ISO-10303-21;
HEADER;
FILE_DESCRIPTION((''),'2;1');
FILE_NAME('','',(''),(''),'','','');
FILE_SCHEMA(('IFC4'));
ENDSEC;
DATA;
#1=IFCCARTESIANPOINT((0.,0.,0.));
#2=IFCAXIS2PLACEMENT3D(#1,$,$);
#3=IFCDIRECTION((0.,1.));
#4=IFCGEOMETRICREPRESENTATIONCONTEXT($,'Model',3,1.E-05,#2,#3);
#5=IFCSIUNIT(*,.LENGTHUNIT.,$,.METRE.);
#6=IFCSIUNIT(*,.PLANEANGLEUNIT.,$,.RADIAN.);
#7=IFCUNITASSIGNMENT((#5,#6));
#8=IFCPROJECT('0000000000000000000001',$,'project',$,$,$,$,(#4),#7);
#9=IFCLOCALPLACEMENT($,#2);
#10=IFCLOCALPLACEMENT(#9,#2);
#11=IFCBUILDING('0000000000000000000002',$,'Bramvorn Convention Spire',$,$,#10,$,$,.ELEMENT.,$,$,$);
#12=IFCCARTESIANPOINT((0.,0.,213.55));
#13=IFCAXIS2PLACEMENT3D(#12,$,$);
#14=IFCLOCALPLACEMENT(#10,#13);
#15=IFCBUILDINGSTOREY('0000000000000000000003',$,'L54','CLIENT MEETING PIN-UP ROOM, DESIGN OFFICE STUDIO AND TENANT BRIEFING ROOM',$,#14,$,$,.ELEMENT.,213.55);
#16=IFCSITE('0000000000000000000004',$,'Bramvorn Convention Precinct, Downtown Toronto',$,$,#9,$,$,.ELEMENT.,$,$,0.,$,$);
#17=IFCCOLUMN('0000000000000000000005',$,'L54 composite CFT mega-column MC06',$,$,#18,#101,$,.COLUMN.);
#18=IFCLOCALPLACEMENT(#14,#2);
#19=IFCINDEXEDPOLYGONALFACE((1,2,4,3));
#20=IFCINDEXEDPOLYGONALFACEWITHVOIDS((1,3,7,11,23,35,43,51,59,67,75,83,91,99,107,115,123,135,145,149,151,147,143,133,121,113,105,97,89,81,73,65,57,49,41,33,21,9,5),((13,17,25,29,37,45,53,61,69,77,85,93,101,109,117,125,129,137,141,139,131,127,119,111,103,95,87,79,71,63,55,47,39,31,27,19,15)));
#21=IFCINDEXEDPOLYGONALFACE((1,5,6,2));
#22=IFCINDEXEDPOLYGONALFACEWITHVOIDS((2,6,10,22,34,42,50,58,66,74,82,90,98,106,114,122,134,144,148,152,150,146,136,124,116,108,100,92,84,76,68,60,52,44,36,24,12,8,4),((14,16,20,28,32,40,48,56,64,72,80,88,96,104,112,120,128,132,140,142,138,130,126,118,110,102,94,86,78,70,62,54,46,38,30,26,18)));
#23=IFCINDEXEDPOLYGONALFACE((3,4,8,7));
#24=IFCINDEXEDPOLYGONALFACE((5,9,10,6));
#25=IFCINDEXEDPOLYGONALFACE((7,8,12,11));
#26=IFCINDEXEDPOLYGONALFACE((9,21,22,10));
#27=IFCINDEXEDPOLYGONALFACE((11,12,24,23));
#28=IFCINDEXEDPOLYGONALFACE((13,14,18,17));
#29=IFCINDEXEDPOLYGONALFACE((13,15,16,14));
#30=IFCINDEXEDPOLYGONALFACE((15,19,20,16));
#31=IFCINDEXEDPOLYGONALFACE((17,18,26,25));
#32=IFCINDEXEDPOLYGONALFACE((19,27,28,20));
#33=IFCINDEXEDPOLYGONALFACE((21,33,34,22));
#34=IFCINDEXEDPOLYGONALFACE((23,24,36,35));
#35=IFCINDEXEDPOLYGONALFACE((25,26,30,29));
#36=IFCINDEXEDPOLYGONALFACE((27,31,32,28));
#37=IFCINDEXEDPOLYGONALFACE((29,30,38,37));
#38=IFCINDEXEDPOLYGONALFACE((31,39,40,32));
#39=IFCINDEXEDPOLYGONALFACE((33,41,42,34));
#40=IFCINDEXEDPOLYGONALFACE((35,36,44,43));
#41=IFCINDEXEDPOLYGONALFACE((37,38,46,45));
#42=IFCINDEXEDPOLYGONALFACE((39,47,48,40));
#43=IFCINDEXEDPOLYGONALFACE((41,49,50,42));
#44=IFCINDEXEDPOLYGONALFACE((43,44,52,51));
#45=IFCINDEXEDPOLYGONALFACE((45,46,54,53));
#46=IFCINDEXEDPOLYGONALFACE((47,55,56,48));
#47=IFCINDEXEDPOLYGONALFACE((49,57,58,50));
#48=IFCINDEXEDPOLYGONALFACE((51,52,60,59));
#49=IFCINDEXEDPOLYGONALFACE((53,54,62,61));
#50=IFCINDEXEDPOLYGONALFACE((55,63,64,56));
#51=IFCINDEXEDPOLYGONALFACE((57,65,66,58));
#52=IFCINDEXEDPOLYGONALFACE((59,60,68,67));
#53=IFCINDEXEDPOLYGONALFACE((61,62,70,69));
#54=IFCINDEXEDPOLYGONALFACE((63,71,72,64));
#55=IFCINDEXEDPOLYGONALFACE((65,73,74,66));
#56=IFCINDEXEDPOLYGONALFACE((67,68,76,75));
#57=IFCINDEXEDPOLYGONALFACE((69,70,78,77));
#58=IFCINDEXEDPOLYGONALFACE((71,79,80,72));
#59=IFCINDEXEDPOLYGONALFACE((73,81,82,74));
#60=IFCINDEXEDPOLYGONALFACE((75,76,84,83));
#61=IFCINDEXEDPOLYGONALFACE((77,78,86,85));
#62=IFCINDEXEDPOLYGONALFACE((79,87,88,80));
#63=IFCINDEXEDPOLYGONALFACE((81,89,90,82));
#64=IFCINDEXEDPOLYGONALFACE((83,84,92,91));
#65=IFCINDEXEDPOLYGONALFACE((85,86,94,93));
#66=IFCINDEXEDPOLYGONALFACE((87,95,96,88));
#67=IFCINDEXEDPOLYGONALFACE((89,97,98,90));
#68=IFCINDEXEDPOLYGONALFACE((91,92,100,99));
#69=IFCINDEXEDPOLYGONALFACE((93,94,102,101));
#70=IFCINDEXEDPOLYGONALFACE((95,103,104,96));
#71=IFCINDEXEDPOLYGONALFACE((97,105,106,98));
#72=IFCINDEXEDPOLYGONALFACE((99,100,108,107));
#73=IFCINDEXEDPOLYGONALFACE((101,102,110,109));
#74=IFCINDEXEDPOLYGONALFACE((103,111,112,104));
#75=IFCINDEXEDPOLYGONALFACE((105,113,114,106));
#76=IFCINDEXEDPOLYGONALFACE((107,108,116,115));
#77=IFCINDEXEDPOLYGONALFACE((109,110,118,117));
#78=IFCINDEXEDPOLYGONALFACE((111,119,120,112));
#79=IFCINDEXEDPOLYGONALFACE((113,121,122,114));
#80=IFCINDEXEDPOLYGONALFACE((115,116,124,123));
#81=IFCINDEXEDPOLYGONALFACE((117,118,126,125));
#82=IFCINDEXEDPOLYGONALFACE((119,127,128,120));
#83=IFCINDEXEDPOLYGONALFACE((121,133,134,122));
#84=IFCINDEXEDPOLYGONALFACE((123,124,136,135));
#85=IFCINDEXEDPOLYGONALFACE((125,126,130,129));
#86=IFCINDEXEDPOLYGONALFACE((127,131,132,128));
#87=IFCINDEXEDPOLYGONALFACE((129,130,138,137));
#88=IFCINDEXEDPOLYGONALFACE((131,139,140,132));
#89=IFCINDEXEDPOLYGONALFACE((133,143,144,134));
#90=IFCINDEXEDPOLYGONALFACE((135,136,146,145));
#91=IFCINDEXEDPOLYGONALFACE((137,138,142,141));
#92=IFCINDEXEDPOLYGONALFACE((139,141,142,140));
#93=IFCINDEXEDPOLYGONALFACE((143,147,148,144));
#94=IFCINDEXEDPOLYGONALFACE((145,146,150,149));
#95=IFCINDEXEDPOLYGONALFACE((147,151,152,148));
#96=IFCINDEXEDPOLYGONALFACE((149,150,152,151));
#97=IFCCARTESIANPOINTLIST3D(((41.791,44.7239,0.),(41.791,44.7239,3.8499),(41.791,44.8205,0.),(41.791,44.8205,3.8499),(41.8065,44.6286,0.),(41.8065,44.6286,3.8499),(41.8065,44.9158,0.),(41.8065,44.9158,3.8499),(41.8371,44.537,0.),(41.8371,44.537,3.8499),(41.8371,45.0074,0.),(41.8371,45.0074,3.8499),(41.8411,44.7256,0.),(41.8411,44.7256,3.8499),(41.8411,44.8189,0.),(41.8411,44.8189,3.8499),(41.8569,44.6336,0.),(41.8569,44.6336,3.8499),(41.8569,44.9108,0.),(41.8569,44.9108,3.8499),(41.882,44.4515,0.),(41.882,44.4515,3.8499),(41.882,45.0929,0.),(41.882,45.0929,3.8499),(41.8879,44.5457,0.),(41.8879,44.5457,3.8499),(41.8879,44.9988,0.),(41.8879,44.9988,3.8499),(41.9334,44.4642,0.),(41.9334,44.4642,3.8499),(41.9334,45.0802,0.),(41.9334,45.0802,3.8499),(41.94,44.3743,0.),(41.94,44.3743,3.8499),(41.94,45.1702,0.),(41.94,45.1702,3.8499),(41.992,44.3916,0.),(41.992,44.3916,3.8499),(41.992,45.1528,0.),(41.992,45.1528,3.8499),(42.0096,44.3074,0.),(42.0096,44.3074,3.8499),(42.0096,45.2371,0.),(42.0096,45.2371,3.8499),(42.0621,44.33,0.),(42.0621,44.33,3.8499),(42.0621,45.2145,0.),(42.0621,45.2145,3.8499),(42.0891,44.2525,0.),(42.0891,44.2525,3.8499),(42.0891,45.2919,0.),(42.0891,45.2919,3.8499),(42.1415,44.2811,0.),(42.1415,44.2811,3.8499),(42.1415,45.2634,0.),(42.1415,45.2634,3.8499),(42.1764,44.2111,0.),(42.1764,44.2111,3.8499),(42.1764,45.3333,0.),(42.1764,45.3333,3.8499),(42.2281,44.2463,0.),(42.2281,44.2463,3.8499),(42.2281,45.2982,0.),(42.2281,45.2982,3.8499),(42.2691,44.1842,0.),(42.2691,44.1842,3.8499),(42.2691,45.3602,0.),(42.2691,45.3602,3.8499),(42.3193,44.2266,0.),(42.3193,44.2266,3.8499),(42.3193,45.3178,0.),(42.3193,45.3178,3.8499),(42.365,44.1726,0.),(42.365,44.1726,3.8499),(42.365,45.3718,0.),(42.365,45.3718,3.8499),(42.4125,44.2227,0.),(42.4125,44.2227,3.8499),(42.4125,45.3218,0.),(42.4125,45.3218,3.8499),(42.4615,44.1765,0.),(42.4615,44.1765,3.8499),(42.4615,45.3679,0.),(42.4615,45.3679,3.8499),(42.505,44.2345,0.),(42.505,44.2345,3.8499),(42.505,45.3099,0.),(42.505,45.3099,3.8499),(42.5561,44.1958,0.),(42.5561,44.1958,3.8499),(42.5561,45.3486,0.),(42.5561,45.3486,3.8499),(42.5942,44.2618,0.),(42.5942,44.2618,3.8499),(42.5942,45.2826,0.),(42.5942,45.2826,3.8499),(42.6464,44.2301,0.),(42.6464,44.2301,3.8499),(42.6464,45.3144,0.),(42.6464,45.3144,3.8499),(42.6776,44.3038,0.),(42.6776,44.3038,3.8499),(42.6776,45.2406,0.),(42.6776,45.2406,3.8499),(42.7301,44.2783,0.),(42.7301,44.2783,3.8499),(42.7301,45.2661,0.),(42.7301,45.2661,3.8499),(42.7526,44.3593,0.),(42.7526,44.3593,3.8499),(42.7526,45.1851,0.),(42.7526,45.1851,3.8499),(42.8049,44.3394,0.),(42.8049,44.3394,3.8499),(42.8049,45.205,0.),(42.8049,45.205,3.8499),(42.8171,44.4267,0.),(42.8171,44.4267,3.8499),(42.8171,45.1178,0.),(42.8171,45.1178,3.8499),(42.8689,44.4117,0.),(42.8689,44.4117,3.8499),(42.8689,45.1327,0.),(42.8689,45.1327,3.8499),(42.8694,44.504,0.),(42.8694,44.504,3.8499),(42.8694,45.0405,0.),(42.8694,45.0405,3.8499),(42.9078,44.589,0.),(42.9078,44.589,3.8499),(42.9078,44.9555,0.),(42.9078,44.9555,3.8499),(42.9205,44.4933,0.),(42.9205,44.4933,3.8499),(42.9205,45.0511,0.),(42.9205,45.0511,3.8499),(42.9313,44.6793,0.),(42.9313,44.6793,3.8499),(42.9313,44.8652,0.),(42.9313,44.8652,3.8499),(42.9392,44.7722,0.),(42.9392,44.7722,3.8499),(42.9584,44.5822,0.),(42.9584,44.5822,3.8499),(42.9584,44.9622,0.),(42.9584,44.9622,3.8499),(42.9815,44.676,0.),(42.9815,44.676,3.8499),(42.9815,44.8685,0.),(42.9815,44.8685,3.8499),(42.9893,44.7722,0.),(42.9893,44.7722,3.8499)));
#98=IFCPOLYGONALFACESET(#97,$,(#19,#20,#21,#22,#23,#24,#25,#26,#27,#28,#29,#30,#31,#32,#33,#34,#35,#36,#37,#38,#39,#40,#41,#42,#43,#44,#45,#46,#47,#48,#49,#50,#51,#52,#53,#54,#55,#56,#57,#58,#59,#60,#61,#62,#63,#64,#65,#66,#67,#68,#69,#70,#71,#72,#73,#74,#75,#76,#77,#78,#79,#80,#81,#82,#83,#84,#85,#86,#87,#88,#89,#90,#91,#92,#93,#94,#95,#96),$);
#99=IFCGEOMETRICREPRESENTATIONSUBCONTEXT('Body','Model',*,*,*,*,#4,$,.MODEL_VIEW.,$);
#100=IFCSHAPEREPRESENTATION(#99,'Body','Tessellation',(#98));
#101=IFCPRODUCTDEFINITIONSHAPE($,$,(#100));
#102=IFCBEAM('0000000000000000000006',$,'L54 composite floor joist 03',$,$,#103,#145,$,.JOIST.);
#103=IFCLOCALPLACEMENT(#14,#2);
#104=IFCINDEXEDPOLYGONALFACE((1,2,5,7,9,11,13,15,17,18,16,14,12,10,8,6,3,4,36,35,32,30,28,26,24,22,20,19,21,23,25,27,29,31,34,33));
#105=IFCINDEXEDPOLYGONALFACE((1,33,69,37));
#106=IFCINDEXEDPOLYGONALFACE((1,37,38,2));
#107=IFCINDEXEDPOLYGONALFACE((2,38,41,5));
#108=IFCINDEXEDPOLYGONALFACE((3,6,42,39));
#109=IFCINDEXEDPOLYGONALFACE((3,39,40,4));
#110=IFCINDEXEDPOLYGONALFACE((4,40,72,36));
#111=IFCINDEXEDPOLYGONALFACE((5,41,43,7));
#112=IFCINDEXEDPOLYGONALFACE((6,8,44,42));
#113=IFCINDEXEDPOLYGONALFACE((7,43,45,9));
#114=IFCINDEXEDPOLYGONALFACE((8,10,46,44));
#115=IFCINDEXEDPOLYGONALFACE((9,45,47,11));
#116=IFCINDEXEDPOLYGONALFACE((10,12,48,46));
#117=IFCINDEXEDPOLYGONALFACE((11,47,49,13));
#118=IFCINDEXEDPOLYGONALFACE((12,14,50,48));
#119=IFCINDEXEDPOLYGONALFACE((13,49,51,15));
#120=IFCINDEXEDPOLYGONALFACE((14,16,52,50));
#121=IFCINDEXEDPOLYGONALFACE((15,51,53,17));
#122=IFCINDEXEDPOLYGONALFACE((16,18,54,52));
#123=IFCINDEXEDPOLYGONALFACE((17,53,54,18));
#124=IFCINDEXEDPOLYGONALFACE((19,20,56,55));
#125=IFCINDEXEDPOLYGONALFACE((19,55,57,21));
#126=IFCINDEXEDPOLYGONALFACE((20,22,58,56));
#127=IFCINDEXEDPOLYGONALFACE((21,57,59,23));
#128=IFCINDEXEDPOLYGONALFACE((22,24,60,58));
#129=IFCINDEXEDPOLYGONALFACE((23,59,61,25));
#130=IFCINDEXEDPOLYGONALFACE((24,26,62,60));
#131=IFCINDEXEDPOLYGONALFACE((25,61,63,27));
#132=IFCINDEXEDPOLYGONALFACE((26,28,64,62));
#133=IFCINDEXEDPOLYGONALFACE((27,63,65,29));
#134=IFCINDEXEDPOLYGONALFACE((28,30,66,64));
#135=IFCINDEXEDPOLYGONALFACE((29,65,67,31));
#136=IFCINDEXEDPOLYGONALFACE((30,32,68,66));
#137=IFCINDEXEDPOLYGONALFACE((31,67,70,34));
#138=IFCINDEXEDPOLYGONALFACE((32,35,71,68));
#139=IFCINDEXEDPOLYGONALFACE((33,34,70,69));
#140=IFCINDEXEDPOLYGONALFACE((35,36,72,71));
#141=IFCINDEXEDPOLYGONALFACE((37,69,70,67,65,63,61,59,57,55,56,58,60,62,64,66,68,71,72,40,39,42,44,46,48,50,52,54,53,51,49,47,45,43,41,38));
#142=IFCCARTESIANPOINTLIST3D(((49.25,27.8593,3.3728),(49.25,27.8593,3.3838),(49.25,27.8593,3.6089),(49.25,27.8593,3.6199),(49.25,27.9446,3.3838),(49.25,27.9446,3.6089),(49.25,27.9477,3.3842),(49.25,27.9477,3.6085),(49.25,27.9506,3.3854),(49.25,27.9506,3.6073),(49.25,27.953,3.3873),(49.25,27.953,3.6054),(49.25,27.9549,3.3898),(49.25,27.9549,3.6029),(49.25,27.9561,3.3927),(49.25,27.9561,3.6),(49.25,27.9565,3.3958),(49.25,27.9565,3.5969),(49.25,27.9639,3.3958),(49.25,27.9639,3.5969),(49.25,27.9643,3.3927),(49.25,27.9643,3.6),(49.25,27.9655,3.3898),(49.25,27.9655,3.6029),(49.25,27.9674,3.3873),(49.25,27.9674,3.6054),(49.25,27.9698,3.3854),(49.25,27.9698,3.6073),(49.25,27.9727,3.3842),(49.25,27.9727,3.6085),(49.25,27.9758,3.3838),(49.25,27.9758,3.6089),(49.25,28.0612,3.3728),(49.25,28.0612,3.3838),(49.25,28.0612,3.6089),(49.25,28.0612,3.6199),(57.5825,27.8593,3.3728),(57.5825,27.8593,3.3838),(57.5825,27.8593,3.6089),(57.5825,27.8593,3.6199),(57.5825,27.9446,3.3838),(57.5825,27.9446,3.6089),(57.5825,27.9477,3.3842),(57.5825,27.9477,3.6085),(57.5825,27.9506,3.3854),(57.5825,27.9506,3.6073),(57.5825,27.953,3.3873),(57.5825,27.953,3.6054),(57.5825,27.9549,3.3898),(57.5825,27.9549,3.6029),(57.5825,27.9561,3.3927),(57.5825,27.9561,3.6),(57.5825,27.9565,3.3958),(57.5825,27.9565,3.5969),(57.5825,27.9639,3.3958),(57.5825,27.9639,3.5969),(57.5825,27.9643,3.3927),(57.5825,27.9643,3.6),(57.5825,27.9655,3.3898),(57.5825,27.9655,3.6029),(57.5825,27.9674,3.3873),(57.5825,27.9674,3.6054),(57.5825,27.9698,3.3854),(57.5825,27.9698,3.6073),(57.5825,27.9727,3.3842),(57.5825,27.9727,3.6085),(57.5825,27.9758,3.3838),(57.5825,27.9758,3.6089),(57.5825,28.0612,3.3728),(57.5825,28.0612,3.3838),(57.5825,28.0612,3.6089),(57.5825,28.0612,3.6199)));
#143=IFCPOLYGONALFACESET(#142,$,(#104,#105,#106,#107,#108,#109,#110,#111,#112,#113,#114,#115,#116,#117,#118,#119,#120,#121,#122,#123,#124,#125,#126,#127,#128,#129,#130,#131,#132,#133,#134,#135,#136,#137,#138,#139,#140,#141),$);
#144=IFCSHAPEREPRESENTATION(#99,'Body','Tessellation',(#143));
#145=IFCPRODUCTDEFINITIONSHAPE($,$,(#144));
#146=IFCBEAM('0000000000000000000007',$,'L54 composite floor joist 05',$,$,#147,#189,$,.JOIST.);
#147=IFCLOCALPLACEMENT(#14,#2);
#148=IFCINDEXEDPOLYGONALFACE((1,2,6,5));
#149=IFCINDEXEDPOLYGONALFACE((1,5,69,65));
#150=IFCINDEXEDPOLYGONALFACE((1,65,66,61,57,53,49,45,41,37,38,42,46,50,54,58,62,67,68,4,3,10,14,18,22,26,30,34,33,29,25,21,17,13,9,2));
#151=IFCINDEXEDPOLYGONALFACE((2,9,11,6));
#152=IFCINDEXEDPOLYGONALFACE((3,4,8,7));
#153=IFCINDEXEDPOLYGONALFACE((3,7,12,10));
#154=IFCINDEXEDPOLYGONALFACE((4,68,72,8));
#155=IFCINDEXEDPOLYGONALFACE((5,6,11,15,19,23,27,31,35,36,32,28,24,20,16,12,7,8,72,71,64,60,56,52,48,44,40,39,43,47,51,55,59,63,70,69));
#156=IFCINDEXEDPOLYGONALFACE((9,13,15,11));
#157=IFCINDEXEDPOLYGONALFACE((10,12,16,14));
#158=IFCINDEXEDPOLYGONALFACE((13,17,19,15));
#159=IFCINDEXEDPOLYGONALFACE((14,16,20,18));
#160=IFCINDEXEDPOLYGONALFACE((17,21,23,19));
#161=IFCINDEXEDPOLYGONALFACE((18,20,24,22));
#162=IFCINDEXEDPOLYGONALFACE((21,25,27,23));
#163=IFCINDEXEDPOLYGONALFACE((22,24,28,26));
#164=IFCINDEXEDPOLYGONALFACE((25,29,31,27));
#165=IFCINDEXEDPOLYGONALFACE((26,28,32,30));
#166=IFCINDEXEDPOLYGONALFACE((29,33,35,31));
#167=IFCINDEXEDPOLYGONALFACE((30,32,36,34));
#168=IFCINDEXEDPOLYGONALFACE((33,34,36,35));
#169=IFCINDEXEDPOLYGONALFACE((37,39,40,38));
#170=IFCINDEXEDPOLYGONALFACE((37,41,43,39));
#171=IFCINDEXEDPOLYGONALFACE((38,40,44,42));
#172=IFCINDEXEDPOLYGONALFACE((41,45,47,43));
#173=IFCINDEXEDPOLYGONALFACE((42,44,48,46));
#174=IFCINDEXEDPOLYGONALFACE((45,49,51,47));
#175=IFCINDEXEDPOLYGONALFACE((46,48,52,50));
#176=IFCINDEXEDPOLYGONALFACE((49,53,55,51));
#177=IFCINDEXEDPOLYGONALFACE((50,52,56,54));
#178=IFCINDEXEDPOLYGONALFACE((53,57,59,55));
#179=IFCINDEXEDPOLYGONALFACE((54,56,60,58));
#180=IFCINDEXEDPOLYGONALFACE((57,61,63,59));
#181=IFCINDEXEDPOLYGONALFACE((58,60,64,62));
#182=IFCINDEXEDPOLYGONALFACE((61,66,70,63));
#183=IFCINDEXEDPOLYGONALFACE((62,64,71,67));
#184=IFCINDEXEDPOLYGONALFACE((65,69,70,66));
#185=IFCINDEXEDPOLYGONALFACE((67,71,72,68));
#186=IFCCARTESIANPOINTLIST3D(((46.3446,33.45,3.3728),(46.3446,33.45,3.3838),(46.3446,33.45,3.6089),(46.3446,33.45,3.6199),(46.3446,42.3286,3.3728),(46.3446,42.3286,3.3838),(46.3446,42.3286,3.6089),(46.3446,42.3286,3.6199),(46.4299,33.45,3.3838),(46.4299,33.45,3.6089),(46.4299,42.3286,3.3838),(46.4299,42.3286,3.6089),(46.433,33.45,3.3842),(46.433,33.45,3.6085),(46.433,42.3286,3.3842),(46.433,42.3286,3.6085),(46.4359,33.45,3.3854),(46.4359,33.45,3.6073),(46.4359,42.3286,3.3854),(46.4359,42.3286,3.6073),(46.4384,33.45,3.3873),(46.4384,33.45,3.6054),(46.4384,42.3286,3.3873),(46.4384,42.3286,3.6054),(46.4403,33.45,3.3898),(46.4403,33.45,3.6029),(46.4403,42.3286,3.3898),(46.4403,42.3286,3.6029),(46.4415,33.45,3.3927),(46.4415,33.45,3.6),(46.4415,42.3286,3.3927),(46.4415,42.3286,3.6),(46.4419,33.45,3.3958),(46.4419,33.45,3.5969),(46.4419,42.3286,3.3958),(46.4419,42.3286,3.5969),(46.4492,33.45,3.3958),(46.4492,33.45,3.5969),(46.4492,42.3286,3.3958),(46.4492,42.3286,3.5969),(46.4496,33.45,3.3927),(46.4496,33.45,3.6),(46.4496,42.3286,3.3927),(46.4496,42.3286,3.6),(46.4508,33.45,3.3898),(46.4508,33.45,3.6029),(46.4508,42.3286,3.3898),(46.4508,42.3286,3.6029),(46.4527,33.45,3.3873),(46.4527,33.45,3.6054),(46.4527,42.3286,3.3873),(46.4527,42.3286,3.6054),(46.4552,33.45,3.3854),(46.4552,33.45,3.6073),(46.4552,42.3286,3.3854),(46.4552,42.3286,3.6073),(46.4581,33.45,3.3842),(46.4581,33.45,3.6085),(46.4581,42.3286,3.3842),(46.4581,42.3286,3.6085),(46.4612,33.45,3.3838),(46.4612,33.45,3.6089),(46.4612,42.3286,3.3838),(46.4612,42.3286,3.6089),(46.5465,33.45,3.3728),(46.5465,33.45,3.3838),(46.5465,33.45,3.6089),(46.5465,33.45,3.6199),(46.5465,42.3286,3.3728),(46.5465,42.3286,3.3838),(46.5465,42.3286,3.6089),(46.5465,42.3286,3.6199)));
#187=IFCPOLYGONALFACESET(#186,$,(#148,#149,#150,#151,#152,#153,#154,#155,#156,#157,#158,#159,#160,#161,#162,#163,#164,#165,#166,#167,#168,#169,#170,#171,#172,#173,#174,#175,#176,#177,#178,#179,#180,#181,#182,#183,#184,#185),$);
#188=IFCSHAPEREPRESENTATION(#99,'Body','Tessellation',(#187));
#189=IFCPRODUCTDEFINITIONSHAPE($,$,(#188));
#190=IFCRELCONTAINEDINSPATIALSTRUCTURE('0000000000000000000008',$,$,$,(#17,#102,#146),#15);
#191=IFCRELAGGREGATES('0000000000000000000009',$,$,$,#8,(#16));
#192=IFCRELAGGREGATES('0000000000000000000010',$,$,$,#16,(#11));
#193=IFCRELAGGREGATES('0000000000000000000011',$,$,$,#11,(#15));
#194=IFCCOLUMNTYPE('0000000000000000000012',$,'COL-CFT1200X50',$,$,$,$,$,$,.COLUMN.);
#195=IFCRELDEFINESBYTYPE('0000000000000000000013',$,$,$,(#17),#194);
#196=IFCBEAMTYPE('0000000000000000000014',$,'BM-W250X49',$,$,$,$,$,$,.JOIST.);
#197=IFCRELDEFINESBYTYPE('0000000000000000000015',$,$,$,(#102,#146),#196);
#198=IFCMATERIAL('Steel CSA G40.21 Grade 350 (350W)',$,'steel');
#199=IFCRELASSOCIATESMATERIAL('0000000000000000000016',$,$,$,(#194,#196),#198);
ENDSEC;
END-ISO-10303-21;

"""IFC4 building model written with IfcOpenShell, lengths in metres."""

from ifc_helpers import new_model, si_unit, direction, frame, origin, origin_2d, place, context, subcontext, project, spatial, hollow_circle, i_section, extrude, material, material_profile, profile_set, type_object, element, save


model = new_model("IFC4")

# Units and contexts
model_context = context("Model", 3, precision=1e-05, world=origin(), true_north=direction((0.0, 1.0)))
body_context = subcontext(model_context, "Body", "Model", "MODEL_VIEW")
ifc_project = project(units=[si_unit("LENGTHUNIT", "METRE"), si_unit("PLANEANGLEUNIT", "RADIAN")], contexts=[model_context])

# Site, building, storey
site_placement = place(None, origin())
site = spatial("IfcSite", under=ifc_project, at=site_placement, Name="Bramvorn Convention Precinct, Downtown Toronto", CompositionType="ELEMENT", RefElevation=0.0)
building_placement = place(site_placement, origin())
building = spatial("IfcBuilding", under=site, at=building_placement, Name="Bramvorn Convention Spire", CompositionType="ELEMENT")
storey_placement = place(building_placement, frame((0.0, 0.0, 213.55)))
storey = spatial("IfcBuildingStorey", under=building, at=storey_placement, Name="L54", Description="CLIENT MEETING PIN-UP ROOM, DESIGN OFFICE STUDIO AND TENANT BRIEFING ROOM", CompositionType="ELEMENT", Elevation=213.55)

# Column
ifc_material_1 = material(Name="Steel CSA G40.21 Grade 350 (350W)", Category="steel")
ifc_material_profile_1 = material_profile(ifc_material_1, hollow_circle(Radius=0.6001, WallThickness=0.05, at=origin_2d()))
ifc_profile_set_1 = profile_set([ifc_material_profile_1], Name="Steel CSA G40.21 Grade 350 (350W) - CFT1200X50")
column_type = type_object("IfcColumnType", Name="COL-CFT1200X50", PredefinedType="COLUMN", material=ifc_profile_set_1)
for number, where, z_axis, x_axis, name in (
    (1, (42.3892, 44.7722, 0.0), (0.0, 0.0, 1.0), (1.0, 0.0, 0.0), "L54 composite CFT mega-column MC06"),
):
    element("IfcColumn", number, at=place(storey_placement, frame(where, z_axis=z_axis, x_axis=x_axis)), inside=storey, type_object=column_type, Name=name, PredefinedType="COLUMN", context=body_context, shape_type="SweptSolid", body=[
        extrude(hollow_circle(Radius=0.6001, WallThickness=0.05, at=origin_2d()), origin(), (0.0, 0.0, 1.0), 3.8499),
    ])

# Beams
ifc_material_profile_2 = material_profile(ifc_material_1, i_section(OverallWidth=0.2019, OverallDepth=0.2471, WebThickness=0.0073, FlangeThickness=0.011, FilletRadius=0.012, at=origin_2d()))
ifc_profile_set_2 = profile_set([ifc_material_profile_2], Name="Steel CSA G40.21 Grade 350 (350W) - W250X49")
beam_type_1 = type_object("IfcBeamType", Name="BM-W250X49", PredefinedType="JOIST", material=ifc_profile_set_2)
beam_1_placement = place(storey_placement, frame((49.25, 27.9602, 3.4963), z_axis=(1.0, 0.0, 0.0), x_axis=(0.0, 1.0, 0.0)))
element("IfcBeam", 2, at=beam_1_placement, inside=storey, type_object=beam_type_1, Name="L54 composite floor joist 03", PredefinedType="JOIST", context=body_context, shape_type="SweptSolid", body=[
    extrude(i_section(OverallWidth=0.2019, OverallDepth=0.2471, WebThickness=0.0073, FlangeThickness=0.011, FilletRadius=0.012, at=origin_2d()), origin(), (0.0, 0.0, 1.0), 8.3325),
])
beam_2_placement = place(storey_placement, frame((46.4456, 33.45, 3.4963), z_axis=(0.0, 1.0, 0.0), x_axis=(-1.0, 0.0, 0.0)))
element("IfcBeam", 3, at=beam_2_placement, inside=storey, type_object=beam_type_1, Name="L54 composite floor joist 05", PredefinedType="JOIST", context=body_context, shape_type="SweptSolid", body=[
    extrude(i_section(OverallWidth=0.2019, OverallDepth=0.2471, WebThickness=0.0073, FlangeThickness=0.011, FilletRadius=0.012, at=origin_2d()), origin(), (0.0, 0.0, 1.0), 8.8787),
])

save(model, "model.ifc")
